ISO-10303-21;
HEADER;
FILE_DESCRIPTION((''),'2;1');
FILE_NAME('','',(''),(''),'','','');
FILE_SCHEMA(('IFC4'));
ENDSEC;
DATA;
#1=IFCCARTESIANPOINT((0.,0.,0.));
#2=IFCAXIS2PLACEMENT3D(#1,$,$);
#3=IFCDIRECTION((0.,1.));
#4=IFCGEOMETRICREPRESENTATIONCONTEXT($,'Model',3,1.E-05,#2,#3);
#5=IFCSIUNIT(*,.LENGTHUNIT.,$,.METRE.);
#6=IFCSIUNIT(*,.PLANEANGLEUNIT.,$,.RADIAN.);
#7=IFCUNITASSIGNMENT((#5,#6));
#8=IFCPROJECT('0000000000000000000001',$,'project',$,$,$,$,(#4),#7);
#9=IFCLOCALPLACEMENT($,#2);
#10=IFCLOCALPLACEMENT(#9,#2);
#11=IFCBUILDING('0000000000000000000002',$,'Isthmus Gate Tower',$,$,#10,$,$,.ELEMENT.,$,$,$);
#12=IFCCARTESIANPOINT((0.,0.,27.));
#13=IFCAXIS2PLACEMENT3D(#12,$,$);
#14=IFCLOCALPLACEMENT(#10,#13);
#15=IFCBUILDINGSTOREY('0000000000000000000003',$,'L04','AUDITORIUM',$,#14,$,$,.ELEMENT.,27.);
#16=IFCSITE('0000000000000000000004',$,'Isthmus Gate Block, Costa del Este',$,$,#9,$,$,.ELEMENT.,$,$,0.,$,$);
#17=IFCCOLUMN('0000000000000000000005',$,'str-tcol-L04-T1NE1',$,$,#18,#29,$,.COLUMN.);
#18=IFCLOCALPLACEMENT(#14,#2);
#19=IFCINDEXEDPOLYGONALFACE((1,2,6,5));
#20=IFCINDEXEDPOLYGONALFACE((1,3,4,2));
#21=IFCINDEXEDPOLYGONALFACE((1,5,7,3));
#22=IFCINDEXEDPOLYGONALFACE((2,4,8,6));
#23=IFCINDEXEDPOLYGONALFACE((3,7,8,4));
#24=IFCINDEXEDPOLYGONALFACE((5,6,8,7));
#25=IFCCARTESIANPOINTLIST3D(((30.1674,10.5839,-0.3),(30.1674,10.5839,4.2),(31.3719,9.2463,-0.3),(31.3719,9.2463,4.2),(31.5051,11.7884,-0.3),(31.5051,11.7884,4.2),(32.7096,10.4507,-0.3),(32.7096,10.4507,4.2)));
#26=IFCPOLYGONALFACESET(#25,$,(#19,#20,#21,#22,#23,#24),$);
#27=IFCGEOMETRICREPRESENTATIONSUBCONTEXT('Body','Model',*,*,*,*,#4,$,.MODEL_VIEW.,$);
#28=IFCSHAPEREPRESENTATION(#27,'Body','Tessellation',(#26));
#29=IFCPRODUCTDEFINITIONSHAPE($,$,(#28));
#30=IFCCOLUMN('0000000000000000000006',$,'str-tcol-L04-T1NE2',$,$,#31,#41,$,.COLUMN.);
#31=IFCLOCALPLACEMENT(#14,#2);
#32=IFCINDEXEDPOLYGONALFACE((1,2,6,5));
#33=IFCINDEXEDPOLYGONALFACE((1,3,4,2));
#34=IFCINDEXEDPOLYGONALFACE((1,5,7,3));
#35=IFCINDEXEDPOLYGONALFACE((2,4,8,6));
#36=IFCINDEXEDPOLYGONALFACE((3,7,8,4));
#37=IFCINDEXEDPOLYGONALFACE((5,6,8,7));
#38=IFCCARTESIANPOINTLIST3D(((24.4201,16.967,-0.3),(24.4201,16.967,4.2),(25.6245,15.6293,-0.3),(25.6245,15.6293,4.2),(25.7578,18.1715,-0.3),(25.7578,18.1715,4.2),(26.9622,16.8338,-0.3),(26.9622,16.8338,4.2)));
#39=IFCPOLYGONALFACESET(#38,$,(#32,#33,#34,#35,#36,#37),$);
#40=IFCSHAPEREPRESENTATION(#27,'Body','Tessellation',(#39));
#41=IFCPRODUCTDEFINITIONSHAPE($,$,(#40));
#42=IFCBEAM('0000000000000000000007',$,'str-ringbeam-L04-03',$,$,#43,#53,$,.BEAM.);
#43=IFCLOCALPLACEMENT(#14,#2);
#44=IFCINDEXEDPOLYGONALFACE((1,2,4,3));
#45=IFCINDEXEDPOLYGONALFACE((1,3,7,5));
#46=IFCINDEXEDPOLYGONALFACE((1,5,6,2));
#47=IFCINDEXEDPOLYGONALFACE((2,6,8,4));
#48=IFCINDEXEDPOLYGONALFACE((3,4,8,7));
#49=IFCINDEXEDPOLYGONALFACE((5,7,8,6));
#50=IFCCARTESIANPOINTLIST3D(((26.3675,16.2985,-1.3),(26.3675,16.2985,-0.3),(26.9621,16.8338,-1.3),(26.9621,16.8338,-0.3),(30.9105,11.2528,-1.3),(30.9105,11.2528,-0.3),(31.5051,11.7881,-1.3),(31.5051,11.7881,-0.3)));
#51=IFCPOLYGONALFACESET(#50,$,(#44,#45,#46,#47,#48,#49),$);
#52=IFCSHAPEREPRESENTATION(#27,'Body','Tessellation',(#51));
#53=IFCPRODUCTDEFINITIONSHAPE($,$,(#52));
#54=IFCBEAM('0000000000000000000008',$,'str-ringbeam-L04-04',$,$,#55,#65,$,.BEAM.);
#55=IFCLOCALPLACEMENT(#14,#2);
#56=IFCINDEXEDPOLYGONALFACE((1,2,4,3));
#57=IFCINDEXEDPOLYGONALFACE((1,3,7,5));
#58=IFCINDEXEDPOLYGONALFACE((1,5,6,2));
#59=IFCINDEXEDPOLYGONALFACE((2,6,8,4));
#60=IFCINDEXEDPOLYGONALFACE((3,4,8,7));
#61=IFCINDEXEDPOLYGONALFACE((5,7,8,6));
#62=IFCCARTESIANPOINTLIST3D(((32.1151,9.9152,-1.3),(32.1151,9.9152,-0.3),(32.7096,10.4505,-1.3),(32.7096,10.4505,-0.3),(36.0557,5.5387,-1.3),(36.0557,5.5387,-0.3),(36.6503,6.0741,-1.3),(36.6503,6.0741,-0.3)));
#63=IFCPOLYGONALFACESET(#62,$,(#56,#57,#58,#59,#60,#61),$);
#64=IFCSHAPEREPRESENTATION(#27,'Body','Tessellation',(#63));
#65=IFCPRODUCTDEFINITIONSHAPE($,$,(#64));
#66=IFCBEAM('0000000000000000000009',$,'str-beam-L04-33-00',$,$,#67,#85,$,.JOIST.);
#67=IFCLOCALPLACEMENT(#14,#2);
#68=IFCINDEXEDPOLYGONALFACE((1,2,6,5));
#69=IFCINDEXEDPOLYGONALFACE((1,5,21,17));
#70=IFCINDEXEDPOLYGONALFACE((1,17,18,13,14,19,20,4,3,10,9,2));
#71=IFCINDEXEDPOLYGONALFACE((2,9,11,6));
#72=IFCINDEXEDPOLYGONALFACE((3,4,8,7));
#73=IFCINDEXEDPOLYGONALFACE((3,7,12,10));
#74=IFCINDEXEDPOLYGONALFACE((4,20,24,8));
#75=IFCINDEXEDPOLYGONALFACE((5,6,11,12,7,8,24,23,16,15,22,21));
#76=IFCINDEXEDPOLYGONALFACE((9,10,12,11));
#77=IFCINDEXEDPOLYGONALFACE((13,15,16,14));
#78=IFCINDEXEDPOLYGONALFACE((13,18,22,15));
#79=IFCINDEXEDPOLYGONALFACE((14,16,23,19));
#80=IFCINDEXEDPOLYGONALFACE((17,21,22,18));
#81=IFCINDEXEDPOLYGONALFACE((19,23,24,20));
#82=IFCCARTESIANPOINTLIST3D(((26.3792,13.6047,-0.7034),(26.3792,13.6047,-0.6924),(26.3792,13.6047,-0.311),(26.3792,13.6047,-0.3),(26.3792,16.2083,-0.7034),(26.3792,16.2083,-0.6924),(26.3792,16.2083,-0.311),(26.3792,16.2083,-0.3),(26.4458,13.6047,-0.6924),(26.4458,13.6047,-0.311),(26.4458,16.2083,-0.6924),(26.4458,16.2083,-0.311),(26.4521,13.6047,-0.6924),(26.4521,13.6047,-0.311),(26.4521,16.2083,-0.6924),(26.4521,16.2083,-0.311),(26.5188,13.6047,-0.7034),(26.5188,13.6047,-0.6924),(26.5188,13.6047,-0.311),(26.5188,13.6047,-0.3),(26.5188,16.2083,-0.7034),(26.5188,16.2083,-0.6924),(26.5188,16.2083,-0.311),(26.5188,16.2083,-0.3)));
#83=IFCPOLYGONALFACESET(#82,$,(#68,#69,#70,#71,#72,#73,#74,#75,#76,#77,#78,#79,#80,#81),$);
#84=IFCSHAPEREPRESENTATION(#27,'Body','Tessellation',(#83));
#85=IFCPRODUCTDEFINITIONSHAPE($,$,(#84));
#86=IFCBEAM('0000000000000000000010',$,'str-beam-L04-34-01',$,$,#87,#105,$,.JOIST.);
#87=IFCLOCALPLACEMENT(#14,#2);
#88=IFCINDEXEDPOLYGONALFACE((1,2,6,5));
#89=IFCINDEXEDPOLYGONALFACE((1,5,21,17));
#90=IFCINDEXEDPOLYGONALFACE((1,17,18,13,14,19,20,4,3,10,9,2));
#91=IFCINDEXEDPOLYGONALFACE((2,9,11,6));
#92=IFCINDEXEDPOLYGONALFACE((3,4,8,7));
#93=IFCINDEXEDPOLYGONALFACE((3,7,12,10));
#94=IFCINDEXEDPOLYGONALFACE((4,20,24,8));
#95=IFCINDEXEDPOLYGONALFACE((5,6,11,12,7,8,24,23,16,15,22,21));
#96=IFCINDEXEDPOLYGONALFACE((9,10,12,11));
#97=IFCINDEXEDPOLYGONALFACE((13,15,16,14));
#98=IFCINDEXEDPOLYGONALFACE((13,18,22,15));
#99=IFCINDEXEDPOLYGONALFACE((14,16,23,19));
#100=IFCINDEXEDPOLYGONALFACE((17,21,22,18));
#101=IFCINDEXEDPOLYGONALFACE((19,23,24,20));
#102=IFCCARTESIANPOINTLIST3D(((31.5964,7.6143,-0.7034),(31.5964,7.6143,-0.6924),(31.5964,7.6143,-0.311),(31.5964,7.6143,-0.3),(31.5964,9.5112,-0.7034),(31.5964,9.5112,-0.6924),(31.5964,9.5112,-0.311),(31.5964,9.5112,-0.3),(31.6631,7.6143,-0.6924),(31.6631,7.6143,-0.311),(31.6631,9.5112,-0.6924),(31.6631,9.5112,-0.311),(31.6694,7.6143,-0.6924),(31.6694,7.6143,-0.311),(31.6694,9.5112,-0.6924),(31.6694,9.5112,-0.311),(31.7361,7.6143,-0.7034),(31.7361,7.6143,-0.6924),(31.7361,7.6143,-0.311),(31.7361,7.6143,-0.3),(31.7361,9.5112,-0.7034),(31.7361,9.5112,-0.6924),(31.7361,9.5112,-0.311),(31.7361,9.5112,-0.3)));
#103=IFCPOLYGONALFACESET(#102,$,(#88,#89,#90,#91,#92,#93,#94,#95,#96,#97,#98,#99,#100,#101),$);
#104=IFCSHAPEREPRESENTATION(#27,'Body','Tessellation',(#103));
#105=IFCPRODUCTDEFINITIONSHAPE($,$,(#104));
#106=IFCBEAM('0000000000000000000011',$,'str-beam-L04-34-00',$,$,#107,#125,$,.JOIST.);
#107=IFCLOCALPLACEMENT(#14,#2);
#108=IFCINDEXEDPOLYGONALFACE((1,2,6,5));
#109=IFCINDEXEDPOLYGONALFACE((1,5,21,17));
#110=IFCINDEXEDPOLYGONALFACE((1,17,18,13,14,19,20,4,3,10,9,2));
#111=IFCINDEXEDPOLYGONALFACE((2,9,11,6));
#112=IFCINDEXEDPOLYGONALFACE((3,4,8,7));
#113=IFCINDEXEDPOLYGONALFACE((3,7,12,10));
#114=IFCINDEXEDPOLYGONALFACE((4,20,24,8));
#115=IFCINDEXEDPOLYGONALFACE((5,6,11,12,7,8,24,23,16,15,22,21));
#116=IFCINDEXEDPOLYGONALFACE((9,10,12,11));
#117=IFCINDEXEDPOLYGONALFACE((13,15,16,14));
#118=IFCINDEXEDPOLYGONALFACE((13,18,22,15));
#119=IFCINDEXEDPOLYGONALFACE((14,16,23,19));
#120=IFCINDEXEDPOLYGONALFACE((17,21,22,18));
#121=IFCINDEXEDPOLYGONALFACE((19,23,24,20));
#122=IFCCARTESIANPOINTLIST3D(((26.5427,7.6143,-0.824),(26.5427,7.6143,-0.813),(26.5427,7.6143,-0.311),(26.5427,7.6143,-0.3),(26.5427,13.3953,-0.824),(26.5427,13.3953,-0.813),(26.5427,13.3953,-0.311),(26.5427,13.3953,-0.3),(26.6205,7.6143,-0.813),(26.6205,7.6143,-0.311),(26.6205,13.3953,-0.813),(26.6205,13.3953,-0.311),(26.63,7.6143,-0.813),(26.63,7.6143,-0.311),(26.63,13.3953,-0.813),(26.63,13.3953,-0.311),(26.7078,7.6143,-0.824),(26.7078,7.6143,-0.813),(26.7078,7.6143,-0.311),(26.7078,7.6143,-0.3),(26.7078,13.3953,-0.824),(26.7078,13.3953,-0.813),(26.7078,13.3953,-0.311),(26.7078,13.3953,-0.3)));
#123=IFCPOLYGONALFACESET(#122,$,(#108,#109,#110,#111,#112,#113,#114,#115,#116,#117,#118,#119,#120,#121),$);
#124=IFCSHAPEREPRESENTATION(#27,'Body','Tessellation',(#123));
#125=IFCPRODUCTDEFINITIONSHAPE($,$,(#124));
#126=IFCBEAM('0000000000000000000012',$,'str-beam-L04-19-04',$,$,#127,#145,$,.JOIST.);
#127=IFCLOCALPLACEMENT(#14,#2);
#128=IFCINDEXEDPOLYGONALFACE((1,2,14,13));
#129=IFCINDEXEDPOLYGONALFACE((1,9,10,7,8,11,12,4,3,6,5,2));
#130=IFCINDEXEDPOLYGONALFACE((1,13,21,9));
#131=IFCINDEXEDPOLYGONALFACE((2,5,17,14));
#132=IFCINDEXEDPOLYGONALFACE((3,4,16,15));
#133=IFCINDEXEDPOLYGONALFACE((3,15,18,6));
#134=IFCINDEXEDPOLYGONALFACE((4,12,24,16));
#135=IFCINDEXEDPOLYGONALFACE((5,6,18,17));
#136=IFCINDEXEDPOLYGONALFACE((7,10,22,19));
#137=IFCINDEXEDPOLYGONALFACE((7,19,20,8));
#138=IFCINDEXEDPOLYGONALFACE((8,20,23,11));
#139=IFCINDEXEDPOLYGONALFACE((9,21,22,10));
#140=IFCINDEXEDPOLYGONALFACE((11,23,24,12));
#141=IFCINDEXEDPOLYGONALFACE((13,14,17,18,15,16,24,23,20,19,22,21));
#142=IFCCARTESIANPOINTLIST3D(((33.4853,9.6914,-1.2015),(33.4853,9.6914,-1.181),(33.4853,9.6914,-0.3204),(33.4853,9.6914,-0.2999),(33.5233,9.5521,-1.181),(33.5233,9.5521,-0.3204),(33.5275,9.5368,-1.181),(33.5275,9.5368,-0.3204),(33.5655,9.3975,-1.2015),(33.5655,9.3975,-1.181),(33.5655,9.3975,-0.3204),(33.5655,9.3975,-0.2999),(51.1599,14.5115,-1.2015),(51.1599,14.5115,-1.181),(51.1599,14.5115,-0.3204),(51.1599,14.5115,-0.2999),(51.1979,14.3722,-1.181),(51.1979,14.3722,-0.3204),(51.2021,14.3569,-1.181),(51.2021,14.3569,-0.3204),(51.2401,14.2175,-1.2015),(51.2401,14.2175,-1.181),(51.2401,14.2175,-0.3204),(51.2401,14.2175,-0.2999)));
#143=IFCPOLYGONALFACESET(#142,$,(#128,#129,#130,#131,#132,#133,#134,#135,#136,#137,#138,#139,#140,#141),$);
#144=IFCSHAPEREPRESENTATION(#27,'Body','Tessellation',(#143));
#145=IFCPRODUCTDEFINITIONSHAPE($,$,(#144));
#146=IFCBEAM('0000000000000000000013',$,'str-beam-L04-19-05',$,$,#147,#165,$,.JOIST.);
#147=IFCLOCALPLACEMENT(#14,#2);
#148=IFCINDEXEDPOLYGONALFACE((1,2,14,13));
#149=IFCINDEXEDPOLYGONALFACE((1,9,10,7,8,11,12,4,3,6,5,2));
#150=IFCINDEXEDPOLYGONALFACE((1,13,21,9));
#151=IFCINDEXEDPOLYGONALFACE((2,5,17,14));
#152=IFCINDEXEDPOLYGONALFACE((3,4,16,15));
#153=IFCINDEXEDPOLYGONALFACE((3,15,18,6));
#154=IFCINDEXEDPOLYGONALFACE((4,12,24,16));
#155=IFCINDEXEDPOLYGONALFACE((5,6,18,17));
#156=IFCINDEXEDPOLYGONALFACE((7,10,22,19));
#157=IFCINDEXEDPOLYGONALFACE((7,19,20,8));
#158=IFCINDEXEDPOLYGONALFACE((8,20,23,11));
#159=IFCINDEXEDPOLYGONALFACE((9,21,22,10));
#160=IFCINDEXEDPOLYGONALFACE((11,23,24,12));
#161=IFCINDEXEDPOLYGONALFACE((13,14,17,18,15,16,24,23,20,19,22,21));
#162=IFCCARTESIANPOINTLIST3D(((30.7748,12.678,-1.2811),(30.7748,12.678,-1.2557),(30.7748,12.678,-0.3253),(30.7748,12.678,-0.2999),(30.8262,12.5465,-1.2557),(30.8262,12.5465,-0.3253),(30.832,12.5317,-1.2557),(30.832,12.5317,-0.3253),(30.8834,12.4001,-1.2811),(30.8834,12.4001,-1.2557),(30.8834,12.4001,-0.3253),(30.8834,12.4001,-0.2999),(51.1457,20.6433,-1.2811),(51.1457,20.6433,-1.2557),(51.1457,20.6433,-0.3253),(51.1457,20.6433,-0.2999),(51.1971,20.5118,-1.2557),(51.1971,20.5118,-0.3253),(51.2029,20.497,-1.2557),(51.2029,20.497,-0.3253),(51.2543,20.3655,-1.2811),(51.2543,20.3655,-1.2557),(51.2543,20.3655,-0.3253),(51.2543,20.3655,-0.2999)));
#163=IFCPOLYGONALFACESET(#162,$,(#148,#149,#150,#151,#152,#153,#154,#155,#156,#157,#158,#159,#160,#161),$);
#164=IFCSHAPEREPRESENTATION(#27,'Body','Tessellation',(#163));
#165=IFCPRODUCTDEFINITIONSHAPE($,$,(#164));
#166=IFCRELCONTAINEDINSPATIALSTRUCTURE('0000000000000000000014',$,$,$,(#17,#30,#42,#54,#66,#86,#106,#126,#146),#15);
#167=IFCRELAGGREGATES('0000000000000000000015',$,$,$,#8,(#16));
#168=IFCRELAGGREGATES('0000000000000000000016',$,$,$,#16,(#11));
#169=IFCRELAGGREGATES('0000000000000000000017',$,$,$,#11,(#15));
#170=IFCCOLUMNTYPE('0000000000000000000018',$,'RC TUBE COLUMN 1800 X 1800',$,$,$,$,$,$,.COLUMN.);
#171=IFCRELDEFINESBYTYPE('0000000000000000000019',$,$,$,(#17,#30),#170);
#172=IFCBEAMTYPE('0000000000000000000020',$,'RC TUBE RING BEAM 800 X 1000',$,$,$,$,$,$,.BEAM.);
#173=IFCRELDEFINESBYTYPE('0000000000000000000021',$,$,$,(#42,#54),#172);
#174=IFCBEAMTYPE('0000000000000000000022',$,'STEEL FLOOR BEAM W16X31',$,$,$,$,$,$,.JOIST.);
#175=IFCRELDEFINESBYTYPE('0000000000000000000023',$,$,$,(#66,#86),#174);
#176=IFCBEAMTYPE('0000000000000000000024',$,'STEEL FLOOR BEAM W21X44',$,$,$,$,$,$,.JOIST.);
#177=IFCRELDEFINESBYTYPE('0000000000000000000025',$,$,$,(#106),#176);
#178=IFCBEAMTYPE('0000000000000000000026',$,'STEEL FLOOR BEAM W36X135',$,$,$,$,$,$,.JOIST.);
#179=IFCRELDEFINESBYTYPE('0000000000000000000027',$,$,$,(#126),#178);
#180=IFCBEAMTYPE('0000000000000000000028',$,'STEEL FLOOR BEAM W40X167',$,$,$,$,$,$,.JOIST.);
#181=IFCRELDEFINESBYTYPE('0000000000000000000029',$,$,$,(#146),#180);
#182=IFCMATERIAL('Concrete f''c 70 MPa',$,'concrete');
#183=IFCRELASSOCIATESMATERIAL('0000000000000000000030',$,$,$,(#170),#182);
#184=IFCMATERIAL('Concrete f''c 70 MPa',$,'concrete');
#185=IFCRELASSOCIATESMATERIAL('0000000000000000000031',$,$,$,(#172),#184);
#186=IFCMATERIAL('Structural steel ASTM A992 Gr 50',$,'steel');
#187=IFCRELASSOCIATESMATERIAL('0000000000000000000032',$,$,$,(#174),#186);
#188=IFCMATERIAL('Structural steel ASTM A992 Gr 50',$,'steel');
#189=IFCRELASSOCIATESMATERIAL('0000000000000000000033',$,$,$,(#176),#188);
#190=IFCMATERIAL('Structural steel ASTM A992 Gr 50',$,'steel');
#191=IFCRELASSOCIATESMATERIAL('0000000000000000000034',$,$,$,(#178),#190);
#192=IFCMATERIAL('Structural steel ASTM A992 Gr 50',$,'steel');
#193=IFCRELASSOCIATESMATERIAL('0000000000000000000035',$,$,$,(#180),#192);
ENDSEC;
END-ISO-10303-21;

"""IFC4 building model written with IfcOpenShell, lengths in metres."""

from ifc_helpers import new_model, si_unit, direction, frame, origin, origin_2d, place, context, subcontext, project, spatial, rectangle, i_section, extrude, material, material_profile, profile_set, type_object, element, save


model = new_model("IFC4")

# Units and contexts
model_context = context("Model", 3, precision=1e-05, world=origin(), true_north=direction((0.0, 1.0)))
body_context = subcontext(model_context, "Body", "Model", "MODEL_VIEW")
ifc_project = project(units=[si_unit("LENGTHUNIT", "METRE"), si_unit("PLANEANGLEUNIT", "RADIAN")], contexts=[model_context])

# Site, building, storey
site_placement = place(None, origin())
site = spatial("IfcSite", under=ifc_project, at=site_placement, Name="Isthmus Gate Block, Costa del Este", CompositionType="ELEMENT", RefElevation=0.0)
building_placement = place(site_placement, origin())
building = spatial("IfcBuilding", under=site, at=building_placement, Name="Isthmus Gate Tower", CompositionType="ELEMENT")
storey_placement = place(building_placement, frame((0.0, 0.0, 27.0)))
storey = spatial("IfcBuildingStorey", under=building, at=storey_placement, Name="L04", Description="AUDITORIUM", CompositionType="ELEMENT", Elevation=27.0)

# Columns
ifc_material_1 = material(Name="Concrete f'c 70 MPa", Category="concrete")
ifc_material_profile_1 = material_profile(ifc_material_1, rectangle(XDim=1.8, YDim=1.8, at=origin_2d()), Name="RC 1800X1800")
ifc_profile_set_1 = profile_set([ifc_material_profile_1], Name="Concrete f'c 70 MPa")
column_type = type_object("IfcColumnType", Name="RC TUBE COLUMN 1800 X 1800", PredefinedType="COLUMN", material=ifc_profile_set_1)
for number, where, z_axis, x_axis, name in (
    (1, (31.4385, 10.5173, -0.3), (0.0, 0.0, 1.0), (-0.669131, 0.743145, 0.0), "str-tcol-L04-T1NE1"),
    (2, (25.6912, 16.9004, -0.3), (0.0, 0.0, 1.0), (-0.669131, 0.743145, 0.0), "str-tcol-L04-T1NE2"),
):
    element("IfcColumn", number, at=place(storey_placement, frame(where, z_axis=z_axis, x_axis=x_axis)), inside=storey, type_object=column_type, Name=name, PredefinedType="COLUMN", context=body_context, shape_type="SweptSolid", body=[
        extrude(rectangle(XDim=1.8, YDim=1.8, at=origin_2d()), origin(), (0.0, 0.0, 1.0), 4.5),
    ])

# Beams
ifc_material_2 = material(Name="Concrete f'c 70 MPa", Category="concrete")
ifc_material_profile_2 = material_profile(ifc_material_2, rectangle(XDim=0.8, YDim=1.0, at=origin_2d()), Name="RC 800X1000")
ifc_profile_set_2 = profile_set([ifc_material_profile_2], Name="Concrete f'c 70 MPa")
beam_type_1 = type_object("IfcBeamType", Name="RC TUBE RING BEAM 800 X 1000", PredefinedType="BEAM", material=ifc_profile_set_2)
beam_1_placement = place(storey_placement, frame((26.6648, 16.5662, -0.8), z_axis=(0.669118, -0.743156, 0.0), x_axis=(0.743156, 0.669118, 0.0)))
element("IfcBeam", 3, at=beam_1_placement, inside=storey, type_object=beam_type_1, Name="str-ringbeam-L04-03", PredefinedType="BEAM", context=body_context, shape_type="SweptSolid", body=[
    extrude(rectangle(XDim=0.8, YDim=1.0, at=origin_2d()), origin(), (0.0, 0.0, 1.0), 6.7896),
])
beam_2_placement = place(storey_placement, frame((32.4124, 10.1829, -0.8), z_axis=(0.669139, -0.743137, 0.0), x_axis=(0.743137, 0.669139, 0.0)))
element("IfcBeam", 4, at=beam_2_placement, inside=storey, type_object=beam_type_1, Name="str-ringbeam-L04-04", PredefinedType="BEAM", context=body_context, shape_type="SweptSolid", body=[
    extrude(rectangle(XDim=0.8, YDim=1.0, at=origin_2d()), origin(), (0.0, 0.0, 1.0), 5.8892),
])
ifc_material_3 = material(Name="Structural steel ASTM A992 Gr 50", Category="steel")
ifc_material_profile_3 = material_profile(ifc_material_3, i_section(OverallWidth=0.1396, OverallDepth=0.4033, WebThickness=0.0063, FlangeThickness=0.011, at=origin_2d()), Name="W16X31")
ifc_profile_set_3 = profile_set([ifc_material_profile_3], Name="Structural steel ASTM A992 Gr 50")
beam_type_2 = type_object("IfcBeamType", Name="STEEL FLOOR BEAM W16X31", PredefinedType="JOIST", material=ifc_profile_set_3)
beam_3_placement = place(storey_placement, frame((26.449, 13.6047, -0.5017), z_axis=(0.0, 1.0, 0.0), x_axis=(-1.0, 0.0, 0.0)))
element("IfcBeam", 5, at=beam_3_placement, inside=storey, type_object=beam_type_2, Name="str-beam-L04-33-00", PredefinedType="JOIST", context=body_context, shape_type="SweptSolid", body=[
    extrude(i_section(OverallWidth=0.1396, OverallDepth=0.4033, WebThickness=0.0063, FlangeThickness=0.011, at=origin_2d()), origin(), (0.0, 0.0, 1.0), 2.6035),
])
beam_4_placement = place(storey_placement, frame((31.6663, 7.6143, -0.5017), z_axis=(0.0, 1.0, 0.0), x_axis=(-1.0, 0.0, 0.0)))
element("IfcBeam", 6, at=beam_4_placement, inside=storey, type_object=beam_type_2, Name="str-beam-L04-34-01", PredefinedType="JOIST", context=body_context, shape_type="SweptSolid", body=[
    extrude(i_section(OverallWidth=0.1396, OverallDepth=0.4033, WebThickness=0.0063, FlangeThickness=0.011, at=origin_2d()), origin(), (0.0, 0.0, 1.0), 1.897),
])
ifc_material_4 = material(Name="Structural steel ASTM A992 Gr 50", Category="steel")
ifc_material_profile_4 = material_profile(ifc_material_4, i_section(OverallWidth=0.165, OverallDepth=0.5239, WebThickness=0.0095, FlangeThickness=0.011, at=origin_2d()), Name="W21X44")
ifc_profile_set_4 = profile_set([ifc_material_profile_4], Name="Structural steel ASTM A992 Gr 50")
beam_type_3 = type_object("IfcBeamType", Name="STEEL FLOOR BEAM W21X44", PredefinedType="JOIST", material=ifc_profile_set_4)
beam_5_placement = place(storey_placement, frame((26.6252, 7.6143, -0.562), z_axis=(0.0, 1.0, 0.0), x_axis=(-1.0, 0.0, 0.0)))
element("IfcBeam", 7, at=beam_5_placement, inside=storey, type_object=beam_type_3, Name="str-beam-L04-34-00", PredefinedType="JOIST", context=body_context, shape_type="SweptSolid", body=[
    extrude(i_section(OverallWidth=0.165, OverallDepth=0.5239, WebThickness=0.0095, FlangeThickness=0.011, at=origin_2d()), origin(), (0.0, 0.0, 1.0), 5.781),
])
ifc_material_5 = material(Name="Structural steel ASTM A992 Gr 50", Category="steel")
ifc_material_profile_5 = material_profile(ifc_material_5, i_section(OverallWidth=0.3047, OverallDepth=0.9016, WebThickness=0.0159, FlangeThickness=0.0205, at=origin_2d()), Name="W36X135")
ifc_profile_set_5 = profile_set([ifc_material_profile_5], Name="Structural steel ASTM A992 Gr 50")
beam_type_4 = type_object("IfcBeamType", Name="STEEL FLOOR BEAM W36X135", PredefinedType="JOIST", material=ifc_profile_set_5)
beam_6_placement = place(storey_placement, frame((33.5254, 9.5444, -0.7507), z_axis=(0.964768, 0.263104, 0.0), x_axis=(-0.263104, 0.964768, 0.0)))
element("IfcBeam", 8, at=beam_6_placement, inside=storey, type_object=beam_type_4, Name="str-beam-L04-19-04", PredefinedType="JOIST", context=body_context, shape_type="SweptSolid", body=[
    extrude(i_section(OverallWidth=0.3047, OverallDepth=0.9016, WebThickness=0.0159, FlangeThickness=0.0205, at=origin_2d()), origin(), (0.0, 0.0, 1.0), 18.3201),
])
ifc_material_6 = material(Name="Structural steel ASTM A992 Gr 50", Category="steel")
ifc_material_profile_6 = material_profile(ifc_material_6, i_section(OverallWidth=0.2983, OverallDepth=0.9812, WebThickness=0.0159, FlangeThickness=0.0254, at=origin_2d()), Name="W40X167")
ifc_profile_set_6 = profile_set([ifc_material_profile_6], Name="Structural steel ASTM A992 Gr 50")
beam_type_5 = type_object("IfcBeamType", Name="STEEL FLOOR BEAM W40X167", PredefinedType="JOIST", material=ifc_profile_set_6)
beam_7_placement = place(storey_placement, frame((30.8291, 12.5391, -0.7905), z_axis=(0.931334, 0.364167, 0.0), x_axis=(-0.364167, 0.931334, 0.0)))
element("IfcBeam", 9, at=beam_7_placement, inside=storey, type_object=beam_type_5, Name="str-beam-L04-19-05", PredefinedType="JOIST", context=body_context, shape_type="SweptSolid", body=[
    extrude(i_section(OverallWidth=0.2983, OverallDepth=0.9812, WebThickness=0.0159, FlangeThickness=0.0254, at=origin_2d()), origin(), (0.0, 0.0, 1.0), 21.8728),
])

save(model, "model.ifc")
